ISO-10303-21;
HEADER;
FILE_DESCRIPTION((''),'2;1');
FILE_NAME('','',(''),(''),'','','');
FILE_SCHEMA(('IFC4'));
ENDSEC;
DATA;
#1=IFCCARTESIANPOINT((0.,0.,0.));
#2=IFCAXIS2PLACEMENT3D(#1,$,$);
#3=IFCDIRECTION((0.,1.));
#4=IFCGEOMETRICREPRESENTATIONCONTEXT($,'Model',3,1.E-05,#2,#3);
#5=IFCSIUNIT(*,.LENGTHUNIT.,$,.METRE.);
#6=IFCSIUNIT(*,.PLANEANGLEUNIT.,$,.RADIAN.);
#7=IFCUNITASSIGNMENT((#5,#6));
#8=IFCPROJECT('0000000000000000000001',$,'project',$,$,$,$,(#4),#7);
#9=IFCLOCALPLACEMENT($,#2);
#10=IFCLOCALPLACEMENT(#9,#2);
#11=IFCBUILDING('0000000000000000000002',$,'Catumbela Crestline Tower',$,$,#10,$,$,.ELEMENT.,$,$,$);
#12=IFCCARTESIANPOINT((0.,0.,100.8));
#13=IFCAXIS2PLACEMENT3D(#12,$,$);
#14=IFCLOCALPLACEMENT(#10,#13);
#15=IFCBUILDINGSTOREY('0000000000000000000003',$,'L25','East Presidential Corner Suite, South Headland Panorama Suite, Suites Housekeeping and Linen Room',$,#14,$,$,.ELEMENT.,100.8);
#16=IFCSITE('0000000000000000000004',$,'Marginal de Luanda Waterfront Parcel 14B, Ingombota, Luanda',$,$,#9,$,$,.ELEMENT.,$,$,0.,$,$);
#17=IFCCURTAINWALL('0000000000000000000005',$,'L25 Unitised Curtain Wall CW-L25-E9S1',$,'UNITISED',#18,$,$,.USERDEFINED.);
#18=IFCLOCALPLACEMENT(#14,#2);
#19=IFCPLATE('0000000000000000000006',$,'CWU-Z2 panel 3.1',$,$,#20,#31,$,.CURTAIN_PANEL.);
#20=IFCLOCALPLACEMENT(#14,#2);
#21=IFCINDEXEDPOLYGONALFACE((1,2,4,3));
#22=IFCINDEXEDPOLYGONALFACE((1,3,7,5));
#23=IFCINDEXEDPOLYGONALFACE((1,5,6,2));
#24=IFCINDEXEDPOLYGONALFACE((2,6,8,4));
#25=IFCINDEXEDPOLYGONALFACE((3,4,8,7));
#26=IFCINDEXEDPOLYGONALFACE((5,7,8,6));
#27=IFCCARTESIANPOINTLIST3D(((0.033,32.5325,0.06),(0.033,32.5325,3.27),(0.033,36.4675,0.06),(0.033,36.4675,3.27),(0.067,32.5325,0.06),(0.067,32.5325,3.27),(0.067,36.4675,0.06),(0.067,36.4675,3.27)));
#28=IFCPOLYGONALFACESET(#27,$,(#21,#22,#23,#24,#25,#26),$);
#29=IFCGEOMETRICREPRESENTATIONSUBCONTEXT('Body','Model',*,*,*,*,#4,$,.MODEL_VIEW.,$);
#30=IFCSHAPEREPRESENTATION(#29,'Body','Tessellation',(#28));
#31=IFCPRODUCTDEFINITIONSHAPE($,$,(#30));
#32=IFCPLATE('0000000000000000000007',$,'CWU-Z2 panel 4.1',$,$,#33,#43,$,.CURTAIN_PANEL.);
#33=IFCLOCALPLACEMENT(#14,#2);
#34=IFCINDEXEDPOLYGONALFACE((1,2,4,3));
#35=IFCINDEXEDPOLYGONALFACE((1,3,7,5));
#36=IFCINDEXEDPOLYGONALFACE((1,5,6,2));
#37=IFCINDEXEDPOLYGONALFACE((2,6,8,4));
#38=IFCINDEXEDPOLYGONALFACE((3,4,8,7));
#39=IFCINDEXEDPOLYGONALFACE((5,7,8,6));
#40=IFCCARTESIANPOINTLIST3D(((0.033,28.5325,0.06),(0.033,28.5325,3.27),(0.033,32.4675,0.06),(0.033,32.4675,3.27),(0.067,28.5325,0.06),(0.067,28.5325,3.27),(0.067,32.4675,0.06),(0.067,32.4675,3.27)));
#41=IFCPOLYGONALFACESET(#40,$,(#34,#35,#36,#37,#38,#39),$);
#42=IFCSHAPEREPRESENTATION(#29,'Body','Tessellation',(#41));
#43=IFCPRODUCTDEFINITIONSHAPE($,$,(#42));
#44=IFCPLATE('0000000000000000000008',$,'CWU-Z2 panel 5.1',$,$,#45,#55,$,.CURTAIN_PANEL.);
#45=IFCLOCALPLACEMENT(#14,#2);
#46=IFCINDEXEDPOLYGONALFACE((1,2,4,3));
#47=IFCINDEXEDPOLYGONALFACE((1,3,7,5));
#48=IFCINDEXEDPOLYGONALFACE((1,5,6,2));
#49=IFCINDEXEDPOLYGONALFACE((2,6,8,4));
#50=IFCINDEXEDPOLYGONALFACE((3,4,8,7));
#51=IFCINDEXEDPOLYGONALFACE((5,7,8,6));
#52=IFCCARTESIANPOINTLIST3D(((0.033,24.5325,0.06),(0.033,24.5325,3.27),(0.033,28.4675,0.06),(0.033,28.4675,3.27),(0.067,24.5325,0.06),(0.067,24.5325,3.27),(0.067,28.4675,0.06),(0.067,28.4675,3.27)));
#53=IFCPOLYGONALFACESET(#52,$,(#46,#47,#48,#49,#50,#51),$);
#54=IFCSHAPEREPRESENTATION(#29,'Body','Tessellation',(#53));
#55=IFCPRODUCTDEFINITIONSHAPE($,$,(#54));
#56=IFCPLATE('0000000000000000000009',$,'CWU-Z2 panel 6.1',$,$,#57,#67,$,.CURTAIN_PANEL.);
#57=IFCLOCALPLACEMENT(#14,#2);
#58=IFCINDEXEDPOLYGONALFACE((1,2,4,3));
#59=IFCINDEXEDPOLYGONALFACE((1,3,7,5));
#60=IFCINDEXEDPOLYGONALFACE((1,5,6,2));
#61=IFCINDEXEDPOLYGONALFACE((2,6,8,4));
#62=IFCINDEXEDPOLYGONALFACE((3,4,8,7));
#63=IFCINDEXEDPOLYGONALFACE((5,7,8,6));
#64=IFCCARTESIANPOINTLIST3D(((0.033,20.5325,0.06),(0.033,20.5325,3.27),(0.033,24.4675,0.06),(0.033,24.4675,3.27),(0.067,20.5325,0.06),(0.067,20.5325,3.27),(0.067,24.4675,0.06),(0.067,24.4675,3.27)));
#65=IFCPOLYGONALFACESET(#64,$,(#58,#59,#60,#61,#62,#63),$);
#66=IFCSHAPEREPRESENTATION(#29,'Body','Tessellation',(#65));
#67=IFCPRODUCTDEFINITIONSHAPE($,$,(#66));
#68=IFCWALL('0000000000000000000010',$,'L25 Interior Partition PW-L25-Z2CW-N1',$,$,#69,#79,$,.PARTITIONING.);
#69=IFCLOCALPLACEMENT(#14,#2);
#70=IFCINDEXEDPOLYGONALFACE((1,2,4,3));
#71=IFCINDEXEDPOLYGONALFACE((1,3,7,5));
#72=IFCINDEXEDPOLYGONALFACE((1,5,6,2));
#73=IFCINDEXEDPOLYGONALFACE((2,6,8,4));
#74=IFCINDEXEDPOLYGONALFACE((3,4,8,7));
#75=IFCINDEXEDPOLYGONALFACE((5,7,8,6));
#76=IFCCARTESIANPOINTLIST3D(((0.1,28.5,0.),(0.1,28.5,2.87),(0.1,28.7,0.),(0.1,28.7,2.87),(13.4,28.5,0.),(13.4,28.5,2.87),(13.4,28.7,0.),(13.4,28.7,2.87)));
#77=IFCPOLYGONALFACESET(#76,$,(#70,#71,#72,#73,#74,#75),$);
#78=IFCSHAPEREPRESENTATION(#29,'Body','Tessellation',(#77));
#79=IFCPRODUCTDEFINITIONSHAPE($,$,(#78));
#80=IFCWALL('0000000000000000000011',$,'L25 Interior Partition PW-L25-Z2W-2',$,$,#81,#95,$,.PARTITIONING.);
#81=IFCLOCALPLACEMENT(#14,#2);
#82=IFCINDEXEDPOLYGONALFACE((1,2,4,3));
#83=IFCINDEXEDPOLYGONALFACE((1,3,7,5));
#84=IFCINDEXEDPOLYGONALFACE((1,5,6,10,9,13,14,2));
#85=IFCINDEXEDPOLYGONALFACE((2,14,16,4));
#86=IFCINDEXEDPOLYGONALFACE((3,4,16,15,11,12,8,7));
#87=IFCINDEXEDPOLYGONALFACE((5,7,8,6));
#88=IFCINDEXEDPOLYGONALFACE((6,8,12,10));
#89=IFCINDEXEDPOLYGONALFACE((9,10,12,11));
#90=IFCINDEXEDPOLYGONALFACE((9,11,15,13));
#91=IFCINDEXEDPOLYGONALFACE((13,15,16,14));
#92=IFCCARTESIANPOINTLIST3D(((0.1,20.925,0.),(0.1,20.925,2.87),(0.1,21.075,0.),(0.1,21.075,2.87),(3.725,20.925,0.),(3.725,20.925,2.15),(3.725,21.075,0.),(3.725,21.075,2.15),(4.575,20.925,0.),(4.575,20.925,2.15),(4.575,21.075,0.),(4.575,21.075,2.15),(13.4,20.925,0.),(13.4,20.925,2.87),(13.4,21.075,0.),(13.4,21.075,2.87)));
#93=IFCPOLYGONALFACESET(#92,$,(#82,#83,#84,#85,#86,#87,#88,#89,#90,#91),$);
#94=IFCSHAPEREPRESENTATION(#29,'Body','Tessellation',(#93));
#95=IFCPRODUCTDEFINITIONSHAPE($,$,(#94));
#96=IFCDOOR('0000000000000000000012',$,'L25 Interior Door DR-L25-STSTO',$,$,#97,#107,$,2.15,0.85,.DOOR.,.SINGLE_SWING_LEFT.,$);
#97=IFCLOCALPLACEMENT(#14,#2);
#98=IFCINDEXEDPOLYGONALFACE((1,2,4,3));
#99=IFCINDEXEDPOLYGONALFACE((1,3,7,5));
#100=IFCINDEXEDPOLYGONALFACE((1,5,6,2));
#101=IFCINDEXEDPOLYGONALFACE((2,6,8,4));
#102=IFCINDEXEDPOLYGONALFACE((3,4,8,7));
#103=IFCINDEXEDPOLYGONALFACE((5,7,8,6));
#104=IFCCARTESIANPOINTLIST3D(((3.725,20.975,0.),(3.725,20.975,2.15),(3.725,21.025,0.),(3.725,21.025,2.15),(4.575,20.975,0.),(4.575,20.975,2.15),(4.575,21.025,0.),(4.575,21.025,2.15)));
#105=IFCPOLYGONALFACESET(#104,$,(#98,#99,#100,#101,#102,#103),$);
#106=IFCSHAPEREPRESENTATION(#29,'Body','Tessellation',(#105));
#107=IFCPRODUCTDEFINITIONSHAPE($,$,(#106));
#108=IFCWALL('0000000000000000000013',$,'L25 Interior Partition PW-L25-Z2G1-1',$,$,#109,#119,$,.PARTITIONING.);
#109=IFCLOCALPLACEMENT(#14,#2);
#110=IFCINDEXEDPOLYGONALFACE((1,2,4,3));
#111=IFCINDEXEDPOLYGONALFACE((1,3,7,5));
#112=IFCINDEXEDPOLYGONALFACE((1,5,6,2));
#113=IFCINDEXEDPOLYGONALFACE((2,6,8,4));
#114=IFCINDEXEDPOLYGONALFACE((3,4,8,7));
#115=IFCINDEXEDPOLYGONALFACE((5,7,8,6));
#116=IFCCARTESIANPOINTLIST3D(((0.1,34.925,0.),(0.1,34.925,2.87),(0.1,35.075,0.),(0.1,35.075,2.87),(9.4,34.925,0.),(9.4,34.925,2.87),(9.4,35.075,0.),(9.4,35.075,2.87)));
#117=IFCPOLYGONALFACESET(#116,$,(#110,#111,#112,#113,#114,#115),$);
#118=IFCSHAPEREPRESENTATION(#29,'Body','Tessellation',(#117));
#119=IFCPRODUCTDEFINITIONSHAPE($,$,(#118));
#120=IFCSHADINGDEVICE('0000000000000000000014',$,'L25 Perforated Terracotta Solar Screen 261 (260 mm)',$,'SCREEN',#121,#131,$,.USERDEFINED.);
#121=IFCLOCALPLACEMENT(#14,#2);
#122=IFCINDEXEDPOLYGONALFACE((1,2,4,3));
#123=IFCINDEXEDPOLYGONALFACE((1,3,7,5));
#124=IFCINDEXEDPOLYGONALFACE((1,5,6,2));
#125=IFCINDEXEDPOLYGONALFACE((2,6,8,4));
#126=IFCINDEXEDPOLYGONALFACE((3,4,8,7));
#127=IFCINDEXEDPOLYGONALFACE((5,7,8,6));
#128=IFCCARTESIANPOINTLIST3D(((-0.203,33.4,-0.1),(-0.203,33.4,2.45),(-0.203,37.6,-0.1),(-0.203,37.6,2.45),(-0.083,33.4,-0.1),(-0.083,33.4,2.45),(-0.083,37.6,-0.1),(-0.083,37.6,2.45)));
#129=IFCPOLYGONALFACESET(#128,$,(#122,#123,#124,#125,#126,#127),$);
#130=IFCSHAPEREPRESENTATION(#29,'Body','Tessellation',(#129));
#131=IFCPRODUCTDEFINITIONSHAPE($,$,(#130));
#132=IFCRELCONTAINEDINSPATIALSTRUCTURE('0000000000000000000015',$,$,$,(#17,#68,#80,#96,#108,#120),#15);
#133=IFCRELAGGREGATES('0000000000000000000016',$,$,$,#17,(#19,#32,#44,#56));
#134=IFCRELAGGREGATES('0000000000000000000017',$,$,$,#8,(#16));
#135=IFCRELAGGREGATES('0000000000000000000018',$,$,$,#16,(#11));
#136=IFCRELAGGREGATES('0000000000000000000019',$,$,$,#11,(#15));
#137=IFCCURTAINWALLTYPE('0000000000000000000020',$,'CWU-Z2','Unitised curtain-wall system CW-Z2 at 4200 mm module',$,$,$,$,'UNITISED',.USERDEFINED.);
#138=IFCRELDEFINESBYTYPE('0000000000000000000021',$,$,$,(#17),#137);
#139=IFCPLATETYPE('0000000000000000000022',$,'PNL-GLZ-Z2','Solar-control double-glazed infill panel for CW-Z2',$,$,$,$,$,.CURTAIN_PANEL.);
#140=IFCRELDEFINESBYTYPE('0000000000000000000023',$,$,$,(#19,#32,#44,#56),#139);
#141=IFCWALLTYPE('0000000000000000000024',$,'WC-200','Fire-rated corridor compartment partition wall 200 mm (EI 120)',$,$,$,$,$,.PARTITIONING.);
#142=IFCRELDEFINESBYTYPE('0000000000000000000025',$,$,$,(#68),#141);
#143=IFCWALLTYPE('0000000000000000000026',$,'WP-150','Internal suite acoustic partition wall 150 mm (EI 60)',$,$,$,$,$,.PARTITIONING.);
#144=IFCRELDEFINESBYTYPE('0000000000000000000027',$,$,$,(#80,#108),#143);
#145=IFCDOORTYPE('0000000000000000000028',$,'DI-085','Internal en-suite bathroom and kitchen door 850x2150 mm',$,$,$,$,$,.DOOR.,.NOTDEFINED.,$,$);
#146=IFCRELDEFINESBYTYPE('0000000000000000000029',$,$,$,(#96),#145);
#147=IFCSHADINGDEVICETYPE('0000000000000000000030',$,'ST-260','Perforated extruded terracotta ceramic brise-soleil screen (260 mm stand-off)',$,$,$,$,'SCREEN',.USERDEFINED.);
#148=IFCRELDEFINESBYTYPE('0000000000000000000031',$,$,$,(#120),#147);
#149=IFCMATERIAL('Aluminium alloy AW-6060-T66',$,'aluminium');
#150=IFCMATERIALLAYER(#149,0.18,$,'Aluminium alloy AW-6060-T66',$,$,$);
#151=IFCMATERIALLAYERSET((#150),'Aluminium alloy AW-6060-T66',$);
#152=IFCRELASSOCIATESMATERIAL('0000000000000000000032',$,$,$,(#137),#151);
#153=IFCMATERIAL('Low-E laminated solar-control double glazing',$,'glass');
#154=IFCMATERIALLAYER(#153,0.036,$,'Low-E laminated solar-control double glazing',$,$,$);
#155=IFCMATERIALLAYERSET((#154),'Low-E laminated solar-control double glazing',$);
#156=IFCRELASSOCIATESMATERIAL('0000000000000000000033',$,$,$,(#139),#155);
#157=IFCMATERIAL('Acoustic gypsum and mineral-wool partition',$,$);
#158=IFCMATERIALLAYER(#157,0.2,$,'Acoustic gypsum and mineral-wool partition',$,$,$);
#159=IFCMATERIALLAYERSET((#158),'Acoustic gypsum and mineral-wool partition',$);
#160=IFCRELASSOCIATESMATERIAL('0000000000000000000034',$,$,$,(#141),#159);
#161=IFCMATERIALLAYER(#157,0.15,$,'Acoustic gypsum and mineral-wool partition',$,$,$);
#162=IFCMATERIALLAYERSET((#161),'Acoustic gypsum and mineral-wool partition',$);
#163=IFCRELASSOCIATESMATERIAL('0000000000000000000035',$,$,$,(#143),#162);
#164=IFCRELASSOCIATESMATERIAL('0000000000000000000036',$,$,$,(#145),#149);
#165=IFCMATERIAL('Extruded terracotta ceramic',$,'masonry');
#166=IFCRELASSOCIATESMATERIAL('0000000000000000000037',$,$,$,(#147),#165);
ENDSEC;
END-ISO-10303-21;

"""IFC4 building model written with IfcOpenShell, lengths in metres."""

from ifc_helpers import new_model, si_unit, direction, frame, frame_2d, origin, origin_2d, place, context, subcontext, project, spatial, rectangle, extrude, material, layer, layer_set, type_object, element, fill, aggregate, save


model = new_model("IFC4")

# Units and contexts
model_context = context("Model", 3, precision=1e-05, world=origin(), true_north=direction((0.0, 1.0)))
body_context = subcontext(model_context, "Body", "Model", "MODEL_VIEW")
ifc_project = project(units=[si_unit("LENGTHUNIT", "METRE"), si_unit("PLANEANGLEUNIT", "RADIAN")], contexts=[model_context])

# Site, building, storey
site_placement = place(None, origin())
site = spatial("IfcSite", under=ifc_project, at=site_placement, Name="Marginal de Luanda Waterfront Parcel 14B, Ingombota, Luanda", CompositionType="ELEMENT", RefElevation=0.0)
building_placement = place(site_placement, origin())
building = spatial("IfcBuilding", under=site, at=building_placement, Name="Catumbela Crestline Tower", CompositionType="ELEMENT")
storey_placement = place(building_placement, frame((0.0, 0.0, 100.8)))
storey = spatial("IfcBuildingStorey", under=building, at=storey_placement, Name="L25", Description="East Presidential Corner Suite, South Headland Panorama Suite, Suites Housekeeping and Linen Room", CompositionType="ELEMENT", Elevation=100.8)

# Curtain wall
ifc_material_1 = material(Name="Aluminium alloy AW-6060-T66", Category="aluminium")
ifc_layer_1 = layer(ifc_material_1, 0.18, Name="Aluminium alloy AW-6060-T66")
ifc_layer_set_1 = layer_set([ifc_layer_1], Name="Aluminium alloy AW-6060-T66")
curtain_wall_type = type_object("IfcCurtainWallType", Name="CWU-Z2", Description="Unitised curtain-wall system CW-Z2 at 4200 mm module", ElementType="UNITISED", PredefinedType="USERDEFINED", material=ifc_layer_set_1)
curtain_wall_placement = place(storey_placement, origin())
curtain_wall = element("IfcCurtainWall", 1, at=curtain_wall_placement, inside=storey, type_object=curtain_wall_type, Name="L25 Unitised Curtain Wall CW-L25-E9S1", ObjectType="UNITISED", PredefinedType="USERDEFINED")

# Plates
ifc_material_2 = material(Name="Low-E laminated solar-control double glazing", Category="glass")
ifc_layer_2 = layer(ifc_material_2, 0.036, Name="Low-E laminated solar-control double glazing")
ifc_layer_set_2 = layer_set([ifc_layer_2], Name="Low-E laminated solar-control double glazing")
plate_type = type_object("IfcPlateType", Name="PNL-GLZ-Z2", Description="Solar-control double-glazed infill panel for CW-Z2", PredefinedType="CURTAIN_PANEL", material=ifc_layer_set_2)
plate_1_placement = place(storey_placement, frame((0.05, 34.5, 0.06), z_axis=(0.0, 0.0, 1.0), x_axis=(0.0, -1.0, 0.0)))
plate_1 = element("IfcPlate", 2, at=plate_1_placement, type_object=plate_type, Name="CWU-Z2 panel 3.1", PredefinedType="CURTAIN_PANEL", context=body_context, shape_type="SweptSolid", body=[
    extrude(rectangle(XDim=3.935, YDim=0.034, at=origin_2d()), origin(), (0.0, 0.0, 1.0), 3.21),
])
plate_2_placement = place(storey_placement, frame((0.05, 30.5, 0.06), z_axis=(0.0, 0.0, 1.0), x_axis=(0.0, -1.0, 0.0)))
plate_2 = element("IfcPlate", 3, at=plate_2_placement, type_object=plate_type, Name="CWU-Z2 panel 4.1", PredefinedType="CURTAIN_PANEL", context=body_context, shape_type="SweptSolid", body=[
    extrude(rectangle(XDim=3.935, YDim=0.034, at=origin_2d()), origin(), (0.0, 0.0, 1.0), 3.21),
])
plate_3_placement = place(storey_placement, frame((0.05, 26.5, 0.06), z_axis=(0.0, 0.0, 1.0), x_axis=(0.0, -1.0, 0.0)))
plate_3 = element("IfcPlate", 4, at=plate_3_placement, type_object=plate_type, Name="CWU-Z2 panel 5.1", PredefinedType="CURTAIN_PANEL", context=body_context, shape_type="SweptSolid", body=[
    extrude(rectangle(XDim=3.935, YDim=0.034, at=origin_2d()), origin(), (0.0, 0.0, 1.0), 3.21),
])
plate_4_placement = place(storey_placement, frame((0.05, 22.5, 0.06), z_axis=(0.0, 0.0, 1.0), x_axis=(0.0, -1.0, 0.0)))
plate_4 = element("IfcPlate", 5, at=plate_4_placement, type_object=plate_type, Name="CWU-Z2 panel 6.1", PredefinedType="CURTAIN_PANEL", context=body_context, shape_type="SweptSolid", body=[
    extrude(rectangle(XDim=3.935, YDim=0.034, at=origin_2d()), origin(), (0.0, 0.0, 1.0), 3.21),
])
aggregate(curtain_wall, [plate_1, plate_2, plate_3, plate_4])

# Wall
ifc_material_3 = material(Name="Acoustic gypsum and mineral-wool partition")
ifc_layer_3 = layer(ifc_material_3, 0.2, Name="Acoustic gypsum and mineral-wool partition")
ifc_layer_set_3 = layer_set([ifc_layer_3], Name="Acoustic gypsum and mineral-wool partition")
wall_type_1 = type_object("IfcWallType", Name="WC-200", Description="Fire-rated corridor compartment partition wall 200 mm (EI 120)", PredefinedType="PARTITIONING", material=ifc_layer_set_3)
wall_1_placement = place(storey_placement, frame((0.1, 28.6, 0.0), z_axis=(0.0, 0.0, 1.0), x_axis=(1.0, 0.0, 0.0)))
element("IfcWall", 6, at=wall_1_placement, inside=storey, type_object=wall_type_1, Name="L25 Interior Partition PW-L25-Z2CW-N1", PredefinedType="PARTITIONING", context=body_context, shape_type="SweptSolid", body=[
    extrude(rectangle(XDim=13.3, YDim=0.2, at=frame_2d((6.65, 0.0))), origin(), (0.0, 0.0, 1.0), 2.87),
])

# Wall, opening, door
ifc_layer_4 = layer(ifc_material_3, 0.15, Name="Acoustic gypsum and mineral-wool partition")
ifc_layer_set_4 = layer_set([ifc_layer_4], Name="Acoustic gypsum and mineral-wool partition")
wall_type_2 = type_object("IfcWallType", Name="WP-150", Description="Internal suite acoustic partition wall 150 mm (EI 60)", PredefinedType="PARTITIONING", material=ifc_layer_set_4)
wall_2_placement = place(storey_placement, frame((0.1, 21.0, 0.0), z_axis=(0.0, 0.0, 1.0), x_axis=(1.0, 0.0, 0.0)))
wall_2 = element("IfcWall", 7, at=wall_2_placement, inside=storey, type_object=wall_type_2, Name="L25 Interior Partition PW-L25-Z2W-2", PredefinedType="PARTITIONING", context=body_context, shape_type="SweptSolid", body=[
    extrude(rectangle(XDim=13.3, YDim=0.15, at=frame_2d((6.65, 0.0))), origin(), (0.0, 0.0, 1.0), 2.87),
])
opening_placement = place(wall_2_placement, frame((3.625, 0.0, 0.0)))
opening = element("IfcOpeningElement", 8, at=opening_placement, cuts=wall_2, PredefinedType="OPENING", context=body_context, shape_type="SweptSolid", body=[
    extrude(rectangle(XDim=0.85, YDim=2.15, at=frame_2d((0.425, 1.075))), frame((0.0, 0.085, 0.0), z_axis=(0.0, -1.0, 0.0), x_axis=(1.0, 0.0, 0.0)), (0.0, 0.0, 1.0), 0.17),
])
door_type = type_object("IfcDoorType", Name="DI-085", Description="Internal en-suite bathroom and kitchen door 850x2150 mm", OperationType="NOTDEFINED", PredefinedType="DOOR", material=ifc_material_1)
door_placement = place(opening_placement, origin())
door = element("IfcDoor", 9, at=door_placement, inside=storey, type_object=door_type, Name="L25 Interior Door DR-L25-STSTO", OperationType="SINGLE_SWING_LEFT", OverallHeight=2.15, OverallWidth=0.85, PredefinedType="DOOR", context=body_context, shape_type="SweptSolid", body=[
    extrude(rectangle(XDim=0.85, YDim=2.15, at=frame_2d((0.425, 1.075))), frame((0.0, 0.025, 0.0), z_axis=(0.0, -1.0, 0.0), x_axis=(1.0, 0.0, 0.0)), (0.0, 0.0, 1.0), 0.05),
])
fill(opening, door)

# Wall
wall_3_placement = place(storey_placement, frame((0.1, 35.0, 0.0), z_axis=(0.0, 0.0, 1.0), x_axis=(1.0, 0.0, 0.0)))
element("IfcWall", 10, at=wall_3_placement, inside=storey, type_object=wall_type_2, Name="L25 Interior Partition PW-L25-Z2G1-1", PredefinedType="PARTITIONING", context=body_context, shape_type="SweptSolid", body=[
    extrude(rectangle(XDim=9.3, YDim=0.15, at=frame_2d((4.65, 0.0))), origin(), (0.0, 0.0, 1.0), 2.87),
])

# Shading device
ifc_material_4 = material(Name="Extruded terracotta ceramic", Category="masonry")
shading_device_type = type_object("IfcShadingDeviceType", Name="ST-260", Description="Perforated extruded terracotta ceramic brise-soleil screen (260 mm stand-off)", ElementType="SCREEN", PredefinedType="USERDEFINED", material=ifc_material_4)
shading_device_placement = place(storey_placement, frame((-0.143, 35.5, -0.1), z_axis=(0.0, 0.0, 1.0), x_axis=(0.0, -1.0, 0.0)))
element("IfcShadingDevice", 11, at=shading_device_placement, inside=storey, type_object=shading_device_type, Name="L25 Perforated Terracotta Solar Screen 261 (260 mm)", ObjectType="SCREEN", PredefinedType="USERDEFINED", context=body_context, shape_type="SweptSolid", body=[
    extrude(rectangle(XDim=4.2, YDim=0.12, at=origin_2d()), origin(), (0.0, 0.0, 1.0), 2.55),
])

save(model, "model.ifc")
